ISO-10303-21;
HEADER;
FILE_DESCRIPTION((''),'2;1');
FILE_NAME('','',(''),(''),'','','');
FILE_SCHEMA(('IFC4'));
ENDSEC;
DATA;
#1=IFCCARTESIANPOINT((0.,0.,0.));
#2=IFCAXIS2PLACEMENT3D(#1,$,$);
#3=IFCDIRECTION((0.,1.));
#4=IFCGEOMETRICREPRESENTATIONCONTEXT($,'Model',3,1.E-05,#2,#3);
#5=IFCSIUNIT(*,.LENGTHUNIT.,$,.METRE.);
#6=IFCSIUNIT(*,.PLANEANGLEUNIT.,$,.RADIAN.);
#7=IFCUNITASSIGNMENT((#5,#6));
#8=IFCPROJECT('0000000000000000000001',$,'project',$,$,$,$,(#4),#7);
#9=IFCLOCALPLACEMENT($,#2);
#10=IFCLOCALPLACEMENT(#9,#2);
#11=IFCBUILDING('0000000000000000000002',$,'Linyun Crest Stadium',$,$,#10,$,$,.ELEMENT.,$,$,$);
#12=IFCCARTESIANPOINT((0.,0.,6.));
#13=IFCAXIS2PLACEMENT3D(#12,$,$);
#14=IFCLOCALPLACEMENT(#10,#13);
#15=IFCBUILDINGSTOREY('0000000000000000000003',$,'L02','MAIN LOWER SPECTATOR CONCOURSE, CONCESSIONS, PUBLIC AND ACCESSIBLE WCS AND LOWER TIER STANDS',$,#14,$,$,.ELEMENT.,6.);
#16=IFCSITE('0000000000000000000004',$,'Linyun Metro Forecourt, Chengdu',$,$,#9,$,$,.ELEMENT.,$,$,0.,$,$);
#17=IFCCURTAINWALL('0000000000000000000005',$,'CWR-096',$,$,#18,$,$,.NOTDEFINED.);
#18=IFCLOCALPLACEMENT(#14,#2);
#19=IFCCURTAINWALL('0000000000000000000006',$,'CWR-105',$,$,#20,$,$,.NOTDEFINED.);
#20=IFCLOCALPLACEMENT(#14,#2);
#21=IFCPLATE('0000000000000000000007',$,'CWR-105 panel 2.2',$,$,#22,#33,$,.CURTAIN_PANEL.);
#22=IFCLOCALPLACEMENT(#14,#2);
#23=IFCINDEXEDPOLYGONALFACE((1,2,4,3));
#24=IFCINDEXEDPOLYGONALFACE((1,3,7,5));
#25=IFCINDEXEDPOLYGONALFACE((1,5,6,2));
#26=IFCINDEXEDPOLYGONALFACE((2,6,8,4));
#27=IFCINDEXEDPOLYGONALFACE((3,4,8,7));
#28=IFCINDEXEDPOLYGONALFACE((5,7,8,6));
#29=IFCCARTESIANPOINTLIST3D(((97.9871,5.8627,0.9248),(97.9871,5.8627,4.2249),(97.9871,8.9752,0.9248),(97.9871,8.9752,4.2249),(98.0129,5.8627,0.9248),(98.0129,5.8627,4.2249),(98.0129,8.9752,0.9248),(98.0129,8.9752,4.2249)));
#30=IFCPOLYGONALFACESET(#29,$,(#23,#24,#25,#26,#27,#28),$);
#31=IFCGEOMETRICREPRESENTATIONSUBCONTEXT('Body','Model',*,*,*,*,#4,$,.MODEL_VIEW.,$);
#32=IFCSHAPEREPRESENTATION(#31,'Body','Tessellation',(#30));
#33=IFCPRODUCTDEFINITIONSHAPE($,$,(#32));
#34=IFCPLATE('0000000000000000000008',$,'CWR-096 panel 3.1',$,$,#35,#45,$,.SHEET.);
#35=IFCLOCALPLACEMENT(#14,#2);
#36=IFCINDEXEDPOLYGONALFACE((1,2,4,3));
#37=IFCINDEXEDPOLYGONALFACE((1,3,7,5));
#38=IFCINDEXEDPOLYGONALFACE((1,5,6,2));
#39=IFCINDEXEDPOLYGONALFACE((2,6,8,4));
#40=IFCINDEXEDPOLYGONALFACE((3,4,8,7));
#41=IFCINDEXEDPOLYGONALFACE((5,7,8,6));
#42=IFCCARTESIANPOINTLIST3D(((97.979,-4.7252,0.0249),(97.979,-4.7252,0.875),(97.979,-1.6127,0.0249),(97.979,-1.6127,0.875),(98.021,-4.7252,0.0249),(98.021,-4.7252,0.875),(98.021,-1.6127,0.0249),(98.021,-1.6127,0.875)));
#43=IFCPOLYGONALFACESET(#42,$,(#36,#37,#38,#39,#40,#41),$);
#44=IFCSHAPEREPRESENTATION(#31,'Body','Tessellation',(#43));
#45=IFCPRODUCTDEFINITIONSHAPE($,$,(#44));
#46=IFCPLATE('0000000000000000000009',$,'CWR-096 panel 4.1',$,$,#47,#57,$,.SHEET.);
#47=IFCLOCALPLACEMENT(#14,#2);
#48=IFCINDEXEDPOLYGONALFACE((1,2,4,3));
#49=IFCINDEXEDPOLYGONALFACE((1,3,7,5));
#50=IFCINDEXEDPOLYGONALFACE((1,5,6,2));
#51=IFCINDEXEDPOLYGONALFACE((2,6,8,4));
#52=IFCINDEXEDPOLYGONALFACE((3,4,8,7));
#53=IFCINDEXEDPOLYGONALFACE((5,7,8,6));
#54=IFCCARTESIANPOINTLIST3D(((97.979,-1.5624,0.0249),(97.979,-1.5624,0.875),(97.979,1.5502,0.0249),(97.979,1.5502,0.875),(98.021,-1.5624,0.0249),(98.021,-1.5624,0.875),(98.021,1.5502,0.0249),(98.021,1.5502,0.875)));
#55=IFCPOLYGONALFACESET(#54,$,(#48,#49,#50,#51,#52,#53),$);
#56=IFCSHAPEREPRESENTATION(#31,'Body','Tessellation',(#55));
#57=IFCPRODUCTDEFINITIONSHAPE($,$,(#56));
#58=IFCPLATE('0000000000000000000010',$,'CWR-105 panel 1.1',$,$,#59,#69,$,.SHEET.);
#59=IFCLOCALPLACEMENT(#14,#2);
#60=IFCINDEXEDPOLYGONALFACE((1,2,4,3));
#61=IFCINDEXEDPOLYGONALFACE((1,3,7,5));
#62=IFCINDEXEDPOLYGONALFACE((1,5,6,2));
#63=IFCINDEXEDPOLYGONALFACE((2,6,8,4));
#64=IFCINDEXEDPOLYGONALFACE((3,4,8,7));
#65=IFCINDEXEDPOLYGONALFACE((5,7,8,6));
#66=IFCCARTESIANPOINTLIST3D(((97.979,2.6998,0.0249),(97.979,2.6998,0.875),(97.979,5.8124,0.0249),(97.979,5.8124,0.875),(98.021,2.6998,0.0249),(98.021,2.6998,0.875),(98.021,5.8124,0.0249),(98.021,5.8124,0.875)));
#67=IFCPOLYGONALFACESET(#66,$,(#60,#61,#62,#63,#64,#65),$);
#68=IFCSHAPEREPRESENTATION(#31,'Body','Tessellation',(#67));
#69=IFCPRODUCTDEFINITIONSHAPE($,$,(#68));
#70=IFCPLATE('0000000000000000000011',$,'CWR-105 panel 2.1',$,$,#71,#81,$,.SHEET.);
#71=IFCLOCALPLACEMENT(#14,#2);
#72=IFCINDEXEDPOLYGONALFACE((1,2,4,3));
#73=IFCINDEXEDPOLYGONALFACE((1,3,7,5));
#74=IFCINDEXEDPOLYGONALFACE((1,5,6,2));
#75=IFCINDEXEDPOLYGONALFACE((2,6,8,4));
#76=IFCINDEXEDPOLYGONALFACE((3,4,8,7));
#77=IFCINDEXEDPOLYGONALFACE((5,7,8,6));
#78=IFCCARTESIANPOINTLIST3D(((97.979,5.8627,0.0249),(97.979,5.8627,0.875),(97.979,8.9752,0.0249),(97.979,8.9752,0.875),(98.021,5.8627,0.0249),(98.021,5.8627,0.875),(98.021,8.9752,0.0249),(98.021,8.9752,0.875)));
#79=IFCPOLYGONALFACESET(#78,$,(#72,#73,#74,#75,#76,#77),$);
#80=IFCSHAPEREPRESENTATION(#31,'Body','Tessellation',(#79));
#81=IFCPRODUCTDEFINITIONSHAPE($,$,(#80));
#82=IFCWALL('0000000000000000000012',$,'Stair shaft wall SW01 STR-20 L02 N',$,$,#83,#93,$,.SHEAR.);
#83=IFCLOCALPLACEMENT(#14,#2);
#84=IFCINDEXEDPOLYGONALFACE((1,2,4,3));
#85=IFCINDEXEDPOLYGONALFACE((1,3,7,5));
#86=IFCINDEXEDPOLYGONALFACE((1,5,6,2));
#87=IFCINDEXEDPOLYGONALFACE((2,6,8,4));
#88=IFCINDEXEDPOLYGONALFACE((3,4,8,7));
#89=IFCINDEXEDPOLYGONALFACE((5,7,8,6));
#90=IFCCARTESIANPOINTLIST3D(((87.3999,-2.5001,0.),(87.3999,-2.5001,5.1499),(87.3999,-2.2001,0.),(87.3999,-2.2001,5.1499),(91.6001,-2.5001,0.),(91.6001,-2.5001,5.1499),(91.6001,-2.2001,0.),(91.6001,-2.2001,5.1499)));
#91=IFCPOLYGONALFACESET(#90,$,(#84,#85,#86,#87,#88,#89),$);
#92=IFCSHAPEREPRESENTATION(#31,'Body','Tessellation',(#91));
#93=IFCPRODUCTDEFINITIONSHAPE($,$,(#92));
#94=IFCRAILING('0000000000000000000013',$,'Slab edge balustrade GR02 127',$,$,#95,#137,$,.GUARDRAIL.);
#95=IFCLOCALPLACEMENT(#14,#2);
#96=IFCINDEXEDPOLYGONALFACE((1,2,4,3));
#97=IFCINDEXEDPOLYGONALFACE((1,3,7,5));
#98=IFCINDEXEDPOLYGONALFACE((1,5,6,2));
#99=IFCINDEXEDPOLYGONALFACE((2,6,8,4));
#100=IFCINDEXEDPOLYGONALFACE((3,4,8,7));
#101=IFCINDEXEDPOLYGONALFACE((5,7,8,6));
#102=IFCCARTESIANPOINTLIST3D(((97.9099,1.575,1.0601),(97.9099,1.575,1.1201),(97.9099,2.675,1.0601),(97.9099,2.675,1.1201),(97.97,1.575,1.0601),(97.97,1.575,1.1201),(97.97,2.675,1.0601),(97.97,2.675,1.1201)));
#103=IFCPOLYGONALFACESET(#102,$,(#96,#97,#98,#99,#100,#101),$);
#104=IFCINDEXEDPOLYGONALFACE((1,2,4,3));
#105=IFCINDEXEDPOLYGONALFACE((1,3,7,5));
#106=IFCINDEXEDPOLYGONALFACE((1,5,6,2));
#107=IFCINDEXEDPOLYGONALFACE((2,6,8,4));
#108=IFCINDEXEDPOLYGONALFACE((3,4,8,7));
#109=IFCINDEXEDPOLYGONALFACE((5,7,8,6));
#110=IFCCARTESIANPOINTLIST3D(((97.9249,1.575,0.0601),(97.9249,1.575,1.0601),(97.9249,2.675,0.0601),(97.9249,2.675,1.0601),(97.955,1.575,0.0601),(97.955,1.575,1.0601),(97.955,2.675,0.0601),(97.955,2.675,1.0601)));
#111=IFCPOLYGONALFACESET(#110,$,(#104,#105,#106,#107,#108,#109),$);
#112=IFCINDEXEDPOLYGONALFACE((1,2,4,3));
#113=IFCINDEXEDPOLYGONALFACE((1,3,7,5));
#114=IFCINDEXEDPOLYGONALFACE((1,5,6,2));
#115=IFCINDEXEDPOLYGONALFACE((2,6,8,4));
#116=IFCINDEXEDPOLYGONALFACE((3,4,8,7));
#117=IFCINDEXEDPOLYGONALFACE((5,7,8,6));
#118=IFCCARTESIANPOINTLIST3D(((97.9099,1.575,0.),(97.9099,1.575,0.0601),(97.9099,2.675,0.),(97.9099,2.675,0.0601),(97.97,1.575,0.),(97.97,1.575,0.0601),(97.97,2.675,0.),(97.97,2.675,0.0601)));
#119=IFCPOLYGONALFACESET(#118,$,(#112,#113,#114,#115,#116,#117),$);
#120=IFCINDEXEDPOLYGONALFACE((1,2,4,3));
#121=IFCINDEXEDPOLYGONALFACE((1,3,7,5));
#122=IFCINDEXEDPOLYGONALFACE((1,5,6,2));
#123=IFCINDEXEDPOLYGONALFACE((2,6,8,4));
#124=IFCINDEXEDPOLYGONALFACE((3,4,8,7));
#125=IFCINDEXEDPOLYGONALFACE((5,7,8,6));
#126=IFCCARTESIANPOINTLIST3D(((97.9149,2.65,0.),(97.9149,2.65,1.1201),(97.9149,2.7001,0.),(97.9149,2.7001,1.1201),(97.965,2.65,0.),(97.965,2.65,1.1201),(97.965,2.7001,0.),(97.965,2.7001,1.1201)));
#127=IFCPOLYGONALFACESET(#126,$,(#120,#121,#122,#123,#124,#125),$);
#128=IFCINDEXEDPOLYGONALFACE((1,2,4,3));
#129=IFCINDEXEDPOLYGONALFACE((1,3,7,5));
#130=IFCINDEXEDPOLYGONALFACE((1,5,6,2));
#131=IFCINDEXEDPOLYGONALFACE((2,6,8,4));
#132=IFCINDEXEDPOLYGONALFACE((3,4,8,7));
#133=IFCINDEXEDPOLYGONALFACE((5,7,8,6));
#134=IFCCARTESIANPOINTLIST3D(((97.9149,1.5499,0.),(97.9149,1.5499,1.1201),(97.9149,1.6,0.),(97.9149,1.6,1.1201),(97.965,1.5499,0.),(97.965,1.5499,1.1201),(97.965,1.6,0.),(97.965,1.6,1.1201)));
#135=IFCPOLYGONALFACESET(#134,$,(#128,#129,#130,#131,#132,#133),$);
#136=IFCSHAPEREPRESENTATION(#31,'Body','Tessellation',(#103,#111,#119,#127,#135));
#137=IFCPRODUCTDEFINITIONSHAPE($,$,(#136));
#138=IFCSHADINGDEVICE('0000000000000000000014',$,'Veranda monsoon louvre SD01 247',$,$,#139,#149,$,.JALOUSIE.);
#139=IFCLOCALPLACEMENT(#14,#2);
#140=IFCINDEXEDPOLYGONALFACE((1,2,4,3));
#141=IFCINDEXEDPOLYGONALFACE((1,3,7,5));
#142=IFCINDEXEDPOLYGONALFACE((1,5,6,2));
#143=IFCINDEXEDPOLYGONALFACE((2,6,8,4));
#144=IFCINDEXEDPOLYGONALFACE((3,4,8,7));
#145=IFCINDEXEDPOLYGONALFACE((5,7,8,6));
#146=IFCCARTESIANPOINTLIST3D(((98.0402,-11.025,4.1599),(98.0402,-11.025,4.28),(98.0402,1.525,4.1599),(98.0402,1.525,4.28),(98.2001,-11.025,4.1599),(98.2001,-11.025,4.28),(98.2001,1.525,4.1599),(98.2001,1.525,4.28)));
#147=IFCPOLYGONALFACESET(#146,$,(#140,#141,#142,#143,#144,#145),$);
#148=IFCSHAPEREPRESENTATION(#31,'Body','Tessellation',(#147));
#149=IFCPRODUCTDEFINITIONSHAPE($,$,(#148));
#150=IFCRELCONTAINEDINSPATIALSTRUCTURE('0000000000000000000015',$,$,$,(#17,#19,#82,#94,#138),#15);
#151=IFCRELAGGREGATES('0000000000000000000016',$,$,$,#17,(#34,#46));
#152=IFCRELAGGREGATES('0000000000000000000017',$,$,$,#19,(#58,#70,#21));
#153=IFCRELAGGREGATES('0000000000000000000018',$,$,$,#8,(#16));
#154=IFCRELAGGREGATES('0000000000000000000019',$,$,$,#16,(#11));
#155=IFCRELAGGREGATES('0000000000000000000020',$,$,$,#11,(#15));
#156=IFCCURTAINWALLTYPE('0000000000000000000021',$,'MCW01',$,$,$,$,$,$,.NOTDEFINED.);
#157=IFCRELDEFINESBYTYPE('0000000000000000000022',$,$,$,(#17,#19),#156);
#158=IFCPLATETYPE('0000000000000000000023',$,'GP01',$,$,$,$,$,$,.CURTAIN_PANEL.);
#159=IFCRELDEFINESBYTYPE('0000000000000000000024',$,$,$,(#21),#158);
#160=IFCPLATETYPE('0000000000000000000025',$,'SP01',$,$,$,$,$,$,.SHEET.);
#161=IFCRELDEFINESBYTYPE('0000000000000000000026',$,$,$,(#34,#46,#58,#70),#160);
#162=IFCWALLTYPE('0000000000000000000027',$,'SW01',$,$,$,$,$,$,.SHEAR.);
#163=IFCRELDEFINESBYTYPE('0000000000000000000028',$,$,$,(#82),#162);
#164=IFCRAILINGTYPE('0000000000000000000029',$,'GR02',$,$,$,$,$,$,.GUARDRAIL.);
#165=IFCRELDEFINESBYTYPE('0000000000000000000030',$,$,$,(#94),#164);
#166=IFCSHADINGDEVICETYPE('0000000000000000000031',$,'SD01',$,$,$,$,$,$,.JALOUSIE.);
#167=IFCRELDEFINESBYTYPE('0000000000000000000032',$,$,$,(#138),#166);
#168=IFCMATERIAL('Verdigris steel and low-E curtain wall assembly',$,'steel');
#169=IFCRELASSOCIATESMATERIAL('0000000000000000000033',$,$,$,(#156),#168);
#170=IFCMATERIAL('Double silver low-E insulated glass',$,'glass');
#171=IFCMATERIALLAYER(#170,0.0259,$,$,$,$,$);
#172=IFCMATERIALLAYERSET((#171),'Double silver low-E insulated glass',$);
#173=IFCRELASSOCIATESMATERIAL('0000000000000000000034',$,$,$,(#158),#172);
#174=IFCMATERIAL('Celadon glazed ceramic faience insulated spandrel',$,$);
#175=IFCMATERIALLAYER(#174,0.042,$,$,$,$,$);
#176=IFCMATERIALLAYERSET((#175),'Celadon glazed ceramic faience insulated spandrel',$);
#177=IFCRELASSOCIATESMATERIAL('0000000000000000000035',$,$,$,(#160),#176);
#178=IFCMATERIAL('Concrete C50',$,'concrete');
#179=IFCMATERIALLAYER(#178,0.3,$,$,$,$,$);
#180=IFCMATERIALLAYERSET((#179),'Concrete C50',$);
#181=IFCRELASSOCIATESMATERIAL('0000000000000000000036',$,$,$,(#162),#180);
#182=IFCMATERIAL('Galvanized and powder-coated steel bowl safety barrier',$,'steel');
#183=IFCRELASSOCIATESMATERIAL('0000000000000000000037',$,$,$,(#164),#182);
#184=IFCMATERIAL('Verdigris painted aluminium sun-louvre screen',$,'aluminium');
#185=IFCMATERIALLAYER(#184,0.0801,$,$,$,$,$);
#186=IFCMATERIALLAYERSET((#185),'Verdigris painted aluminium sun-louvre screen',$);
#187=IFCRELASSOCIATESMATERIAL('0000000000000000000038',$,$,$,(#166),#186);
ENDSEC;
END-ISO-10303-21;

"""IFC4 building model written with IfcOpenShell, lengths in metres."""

from ifc_helpers import new_model, si_unit, direction, frame, frame_2d, origin, origin_2d, place, context, subcontext, project, spatial, rectangle, extrude, material, layer, layer_set, type_object, element, aggregate, save


model = new_model("IFC4")

# Units and contexts
model_context = context("Model", 3, precision=1e-05, world=origin(), true_north=direction((0.0, 1.0)))
body_context = subcontext(model_context, "Body", "Model", "MODEL_VIEW")
ifc_project = project(units=[si_unit("LENGTHUNIT", "METRE"), si_unit("PLANEANGLEUNIT", "RADIAN")], contexts=[model_context])

# Site, building, storey
site_placement = place(None, origin())
site = spatial("IfcSite", under=ifc_project, at=site_placement, Name="Linyun Metro Forecourt, Chengdu", CompositionType="ELEMENT", RefElevation=0.0)
building_placement = place(site_placement, origin())
building = spatial("IfcBuilding", under=site, at=building_placement, Name="Linyun Crest Stadium", CompositionType="ELEMENT")
storey_placement = place(building_placement, frame((0.0, 0.0, 6.0)))
storey = spatial("IfcBuildingStorey", under=building, at=storey_placement, Name="L02", Description="MAIN LOWER SPECTATOR CONCOURSE, CONCESSIONS, PUBLIC AND ACCESSIBLE WCS AND LOWER TIER STANDS", CompositionType="ELEMENT", Elevation=6.0)

# Curtain walls
ifc_material_1 = material(Name="Verdigris steel and low-E curtain wall assembly", Category="steel")
curtain_wall_type = type_object("IfcCurtainWallType", Name="MCW01", PredefinedType="NOTDEFINED", material=ifc_material_1)
curtain_wall_1_placement = place(storey_placement, origin())
curtain_wall_1 = element("IfcCurtainWall", 1, at=curtain_wall_1_placement, inside=storey, type_object=curtain_wall_type, Name="CWR-096", PredefinedType="NOTDEFINED")
curtain_wall_2_placement = place(storey_placement, origin())
curtain_wall_2 = element("IfcCurtainWall", 2, at=curtain_wall_2_placement, inside=storey, type_object=curtain_wall_type, Name="CWR-105", PredefinedType="NOTDEFINED")

# Plates
ifc_material_2 = material(Name="Double silver low-E insulated glass", Category="glass")
ifc_layer_1 = layer(ifc_material_2, 0.0259)
ifc_layer_set_1 = layer_set([ifc_layer_1], Name="Double silver low-E insulated glass")
plate_type_1 = type_object("IfcPlateType", Name="GP01", PredefinedType="CURTAIN_PANEL", material=ifc_layer_set_1)
plate_1_placement = place(storey_placement, frame((98.0, 7.4189, 0.9248), z_axis=(0.0, 0.0, 1.0), x_axis=(0.0, 1.0, 0.0)))
plate_1 = element("IfcPlate", 3, at=plate_1_placement, type_object=plate_type_1, Name="CWR-105 panel 2.2", PredefinedType="CURTAIN_PANEL", context=body_context, shape_type="SweptSolid", body=[
    extrude(rectangle(XDim=3.1125, YDim=0.0259, at=origin_2d()), origin(), (0.0, 0.0, 1.0), 3.3),
])
ifc_material_3 = material(Name="Celadon glazed ceramic faience insulated spandrel")
ifc_layer_2 = layer(ifc_material_3, 0.042)
ifc_layer_set_2 = layer_set([ifc_layer_2], Name="Celadon glazed ceramic faience insulated spandrel")
plate_type_2 = type_object("IfcPlateType", Name="SP01", PredefinedType="SHEET", material=ifc_layer_set_2)
plate_2_placement = place(storey_placement, frame((98.0, -3.1689, 0.0249), z_axis=(0.0, 0.0, 1.0), x_axis=(0.0, 1.0, 0.0)))
plate_2 = element("IfcPlate", 4, at=plate_2_placement, type_object=plate_type_2, Name="CWR-096 panel 3.1", PredefinedType="SHEET", context=body_context, shape_type="SweptSolid", body=[
    extrude(rectangle(XDim=3.1125, YDim=0.042, at=origin_2d()), origin(), (0.0, 0.0, 1.0), 0.8501),
])
plate_3_placement = place(storey_placement, frame((98.0, -0.0061, 0.0249), z_axis=(0.0, 0.0, 1.0), x_axis=(0.0, 1.0, 0.0)))
plate_3 = element("IfcPlate", 5, at=plate_3_placement, type_object=plate_type_2, Name="CWR-096 panel 4.1", PredefinedType="SHEET", context=body_context, shape_type="SweptSolid", body=[
    extrude(rectangle(XDim=3.1125, YDim=0.042, at=origin_2d()), origin(), (0.0, 0.0, 1.0), 0.8501),
])
aggregate(curtain_wall_1, [plate_2, plate_3])
plate_4_placement = place(storey_placement, frame((98.0, 4.2561, 0.0249), z_axis=(0.0, 0.0, 1.0), x_axis=(0.0, 1.0, 0.0)))
plate_4 = element("IfcPlate", 6, at=plate_4_placement, type_object=plate_type_2, Name="CWR-105 panel 1.1", PredefinedType="SHEET", context=body_context, shape_type="SweptSolid", body=[
    extrude(rectangle(XDim=3.1125, YDim=0.042, at=origin_2d()), origin(), (0.0, 0.0, 1.0), 0.8501),
])
plate_5_placement = place(storey_placement, frame((98.0, 7.4189, 0.0249), z_axis=(0.0, 0.0, 1.0), x_axis=(0.0, 1.0, 0.0)))
plate_5 = element("IfcPlate", 7, at=plate_5_placement, type_object=plate_type_2, Name="CWR-105 panel 2.1", PredefinedType="SHEET", context=body_context, shape_type="SweptSolid", body=[
    extrude(rectangle(XDim=3.1125, YDim=0.042, at=origin_2d()), origin(), (0.0, 0.0, 1.0), 0.8501),
])
aggregate(curtain_wall_2, [plate_4, plate_5, plate_1])

# Wall
ifc_material_4 = material(Name="Concrete C50", Category="concrete")
ifc_layer_3 = layer(ifc_material_4, 0.3)
ifc_layer_set_3 = layer_set([ifc_layer_3], Name="Concrete C50")
wall_type = type_object("IfcWallType", Name="SW01", PredefinedType="SHEAR", material=ifc_layer_set_3)
wall_placement = place(storey_placement, frame((87.3999, -2.3501, 0.0), z_axis=(0.0, 0.0, 1.0), x_axis=(1.0, 0.0, 0.0)))
element("IfcWall", 8, at=wall_placement, inside=storey, type_object=wall_type, Name="Stair shaft wall SW01 STR-20 L02 N", PredefinedType="SHEAR", context=body_context, shape_type="SweptSolid", body=[
    extrude(rectangle(XDim=4.2002, YDim=0.3, at=frame_2d((2.1001, 0.0))), origin(), (0.0, 0.0, 1.0), 5.1499),
])

# Railing
ifc_material_5 = material(Name="Galvanized and powder-coated steel bowl safety barrier", Category="steel")
railing_type = type_object("IfcRailingType", Name="GR02", PredefinedType="GUARDRAIL", material=ifc_material_5)
railing_placement = place(storey_placement, frame((97.9399, 2.675, 0.0)))
element("IfcRailing", 9, at=railing_placement, inside=storey, type_object=railing_type, Name="Slab edge balustrade GR02 127", PredefinedType="GUARDRAIL", context=body_context, shape_type="SweptSolid", body=[
    extrude(rectangle(XDim=0.0601, YDim=0.0601, at=origin_2d()), frame((0.0, 0.0, 1.0901), z_axis=(0.0, -1.0, 0.0), x_axis=(1.0, 0.0, 0.0)), (0.0, 0.0, 1.0), 1.1001),
    extrude(rectangle(XDim=0.03, YDim=1.0, at=origin_2d()), frame((0.0, 0.0, 0.5601), z_axis=(0.0, -1.0, 0.0), x_axis=(1.0, 0.0, 0.0)), (0.0, 0.0, 1.0), 1.1001),
    extrude(rectangle(XDim=0.0601, YDim=0.0601, at=origin_2d()), frame((0.0, 0.0, 0.03), z_axis=(0.0, -1.0, 0.0), x_axis=(1.0, 0.0, 0.0)), (0.0, 0.0, 1.0), 1.1001),
    extrude(rectangle(XDim=0.05, YDim=0.05, at=origin_2d()), origin(), (0.0, 0.0, 1.0), 1.1201),
    extrude(rectangle(XDim=0.05, YDim=0.05, at=origin_2d()), frame((0.0, -1.1001, 0.0)), (0.0, 0.0, 1.0), 1.1201),
])

# Shading device
ifc_material_6 = material(Name="Verdigris painted aluminium sun-louvre screen", Category="aluminium")
ifc_layer_4 = layer(ifc_material_6, 0.0801)
ifc_layer_set_4 = layer_set([ifc_layer_4], Name="Verdigris painted aluminium sun-louvre screen")
shading_device_type = type_object("IfcShadingDeviceType", Name="SD01", PredefinedType="JALOUSIE", material=ifc_layer_set_4)
shading_device_placement = place(storey_placement, frame((98.1201, -4.75, 4.1599), z_axis=(0.0, 0.0, 1.0), x_axis=(1.0, 0.0, 0.0)))
element("IfcShadingDevice", 10, at=shading_device_placement, inside=storey, type_object=shading_device_type, Name="Veranda monsoon louvre SD01 247", PredefinedType="JALOUSIE", context=body_context, shape_type="SweptSolid", body=[
    extrude(rectangle(XDim=0.1599, YDim=12.55, at=origin_2d()), origin(), (0.0, 0.0, 1.0), 0.1201),
])

save(model, "model.ifc")
